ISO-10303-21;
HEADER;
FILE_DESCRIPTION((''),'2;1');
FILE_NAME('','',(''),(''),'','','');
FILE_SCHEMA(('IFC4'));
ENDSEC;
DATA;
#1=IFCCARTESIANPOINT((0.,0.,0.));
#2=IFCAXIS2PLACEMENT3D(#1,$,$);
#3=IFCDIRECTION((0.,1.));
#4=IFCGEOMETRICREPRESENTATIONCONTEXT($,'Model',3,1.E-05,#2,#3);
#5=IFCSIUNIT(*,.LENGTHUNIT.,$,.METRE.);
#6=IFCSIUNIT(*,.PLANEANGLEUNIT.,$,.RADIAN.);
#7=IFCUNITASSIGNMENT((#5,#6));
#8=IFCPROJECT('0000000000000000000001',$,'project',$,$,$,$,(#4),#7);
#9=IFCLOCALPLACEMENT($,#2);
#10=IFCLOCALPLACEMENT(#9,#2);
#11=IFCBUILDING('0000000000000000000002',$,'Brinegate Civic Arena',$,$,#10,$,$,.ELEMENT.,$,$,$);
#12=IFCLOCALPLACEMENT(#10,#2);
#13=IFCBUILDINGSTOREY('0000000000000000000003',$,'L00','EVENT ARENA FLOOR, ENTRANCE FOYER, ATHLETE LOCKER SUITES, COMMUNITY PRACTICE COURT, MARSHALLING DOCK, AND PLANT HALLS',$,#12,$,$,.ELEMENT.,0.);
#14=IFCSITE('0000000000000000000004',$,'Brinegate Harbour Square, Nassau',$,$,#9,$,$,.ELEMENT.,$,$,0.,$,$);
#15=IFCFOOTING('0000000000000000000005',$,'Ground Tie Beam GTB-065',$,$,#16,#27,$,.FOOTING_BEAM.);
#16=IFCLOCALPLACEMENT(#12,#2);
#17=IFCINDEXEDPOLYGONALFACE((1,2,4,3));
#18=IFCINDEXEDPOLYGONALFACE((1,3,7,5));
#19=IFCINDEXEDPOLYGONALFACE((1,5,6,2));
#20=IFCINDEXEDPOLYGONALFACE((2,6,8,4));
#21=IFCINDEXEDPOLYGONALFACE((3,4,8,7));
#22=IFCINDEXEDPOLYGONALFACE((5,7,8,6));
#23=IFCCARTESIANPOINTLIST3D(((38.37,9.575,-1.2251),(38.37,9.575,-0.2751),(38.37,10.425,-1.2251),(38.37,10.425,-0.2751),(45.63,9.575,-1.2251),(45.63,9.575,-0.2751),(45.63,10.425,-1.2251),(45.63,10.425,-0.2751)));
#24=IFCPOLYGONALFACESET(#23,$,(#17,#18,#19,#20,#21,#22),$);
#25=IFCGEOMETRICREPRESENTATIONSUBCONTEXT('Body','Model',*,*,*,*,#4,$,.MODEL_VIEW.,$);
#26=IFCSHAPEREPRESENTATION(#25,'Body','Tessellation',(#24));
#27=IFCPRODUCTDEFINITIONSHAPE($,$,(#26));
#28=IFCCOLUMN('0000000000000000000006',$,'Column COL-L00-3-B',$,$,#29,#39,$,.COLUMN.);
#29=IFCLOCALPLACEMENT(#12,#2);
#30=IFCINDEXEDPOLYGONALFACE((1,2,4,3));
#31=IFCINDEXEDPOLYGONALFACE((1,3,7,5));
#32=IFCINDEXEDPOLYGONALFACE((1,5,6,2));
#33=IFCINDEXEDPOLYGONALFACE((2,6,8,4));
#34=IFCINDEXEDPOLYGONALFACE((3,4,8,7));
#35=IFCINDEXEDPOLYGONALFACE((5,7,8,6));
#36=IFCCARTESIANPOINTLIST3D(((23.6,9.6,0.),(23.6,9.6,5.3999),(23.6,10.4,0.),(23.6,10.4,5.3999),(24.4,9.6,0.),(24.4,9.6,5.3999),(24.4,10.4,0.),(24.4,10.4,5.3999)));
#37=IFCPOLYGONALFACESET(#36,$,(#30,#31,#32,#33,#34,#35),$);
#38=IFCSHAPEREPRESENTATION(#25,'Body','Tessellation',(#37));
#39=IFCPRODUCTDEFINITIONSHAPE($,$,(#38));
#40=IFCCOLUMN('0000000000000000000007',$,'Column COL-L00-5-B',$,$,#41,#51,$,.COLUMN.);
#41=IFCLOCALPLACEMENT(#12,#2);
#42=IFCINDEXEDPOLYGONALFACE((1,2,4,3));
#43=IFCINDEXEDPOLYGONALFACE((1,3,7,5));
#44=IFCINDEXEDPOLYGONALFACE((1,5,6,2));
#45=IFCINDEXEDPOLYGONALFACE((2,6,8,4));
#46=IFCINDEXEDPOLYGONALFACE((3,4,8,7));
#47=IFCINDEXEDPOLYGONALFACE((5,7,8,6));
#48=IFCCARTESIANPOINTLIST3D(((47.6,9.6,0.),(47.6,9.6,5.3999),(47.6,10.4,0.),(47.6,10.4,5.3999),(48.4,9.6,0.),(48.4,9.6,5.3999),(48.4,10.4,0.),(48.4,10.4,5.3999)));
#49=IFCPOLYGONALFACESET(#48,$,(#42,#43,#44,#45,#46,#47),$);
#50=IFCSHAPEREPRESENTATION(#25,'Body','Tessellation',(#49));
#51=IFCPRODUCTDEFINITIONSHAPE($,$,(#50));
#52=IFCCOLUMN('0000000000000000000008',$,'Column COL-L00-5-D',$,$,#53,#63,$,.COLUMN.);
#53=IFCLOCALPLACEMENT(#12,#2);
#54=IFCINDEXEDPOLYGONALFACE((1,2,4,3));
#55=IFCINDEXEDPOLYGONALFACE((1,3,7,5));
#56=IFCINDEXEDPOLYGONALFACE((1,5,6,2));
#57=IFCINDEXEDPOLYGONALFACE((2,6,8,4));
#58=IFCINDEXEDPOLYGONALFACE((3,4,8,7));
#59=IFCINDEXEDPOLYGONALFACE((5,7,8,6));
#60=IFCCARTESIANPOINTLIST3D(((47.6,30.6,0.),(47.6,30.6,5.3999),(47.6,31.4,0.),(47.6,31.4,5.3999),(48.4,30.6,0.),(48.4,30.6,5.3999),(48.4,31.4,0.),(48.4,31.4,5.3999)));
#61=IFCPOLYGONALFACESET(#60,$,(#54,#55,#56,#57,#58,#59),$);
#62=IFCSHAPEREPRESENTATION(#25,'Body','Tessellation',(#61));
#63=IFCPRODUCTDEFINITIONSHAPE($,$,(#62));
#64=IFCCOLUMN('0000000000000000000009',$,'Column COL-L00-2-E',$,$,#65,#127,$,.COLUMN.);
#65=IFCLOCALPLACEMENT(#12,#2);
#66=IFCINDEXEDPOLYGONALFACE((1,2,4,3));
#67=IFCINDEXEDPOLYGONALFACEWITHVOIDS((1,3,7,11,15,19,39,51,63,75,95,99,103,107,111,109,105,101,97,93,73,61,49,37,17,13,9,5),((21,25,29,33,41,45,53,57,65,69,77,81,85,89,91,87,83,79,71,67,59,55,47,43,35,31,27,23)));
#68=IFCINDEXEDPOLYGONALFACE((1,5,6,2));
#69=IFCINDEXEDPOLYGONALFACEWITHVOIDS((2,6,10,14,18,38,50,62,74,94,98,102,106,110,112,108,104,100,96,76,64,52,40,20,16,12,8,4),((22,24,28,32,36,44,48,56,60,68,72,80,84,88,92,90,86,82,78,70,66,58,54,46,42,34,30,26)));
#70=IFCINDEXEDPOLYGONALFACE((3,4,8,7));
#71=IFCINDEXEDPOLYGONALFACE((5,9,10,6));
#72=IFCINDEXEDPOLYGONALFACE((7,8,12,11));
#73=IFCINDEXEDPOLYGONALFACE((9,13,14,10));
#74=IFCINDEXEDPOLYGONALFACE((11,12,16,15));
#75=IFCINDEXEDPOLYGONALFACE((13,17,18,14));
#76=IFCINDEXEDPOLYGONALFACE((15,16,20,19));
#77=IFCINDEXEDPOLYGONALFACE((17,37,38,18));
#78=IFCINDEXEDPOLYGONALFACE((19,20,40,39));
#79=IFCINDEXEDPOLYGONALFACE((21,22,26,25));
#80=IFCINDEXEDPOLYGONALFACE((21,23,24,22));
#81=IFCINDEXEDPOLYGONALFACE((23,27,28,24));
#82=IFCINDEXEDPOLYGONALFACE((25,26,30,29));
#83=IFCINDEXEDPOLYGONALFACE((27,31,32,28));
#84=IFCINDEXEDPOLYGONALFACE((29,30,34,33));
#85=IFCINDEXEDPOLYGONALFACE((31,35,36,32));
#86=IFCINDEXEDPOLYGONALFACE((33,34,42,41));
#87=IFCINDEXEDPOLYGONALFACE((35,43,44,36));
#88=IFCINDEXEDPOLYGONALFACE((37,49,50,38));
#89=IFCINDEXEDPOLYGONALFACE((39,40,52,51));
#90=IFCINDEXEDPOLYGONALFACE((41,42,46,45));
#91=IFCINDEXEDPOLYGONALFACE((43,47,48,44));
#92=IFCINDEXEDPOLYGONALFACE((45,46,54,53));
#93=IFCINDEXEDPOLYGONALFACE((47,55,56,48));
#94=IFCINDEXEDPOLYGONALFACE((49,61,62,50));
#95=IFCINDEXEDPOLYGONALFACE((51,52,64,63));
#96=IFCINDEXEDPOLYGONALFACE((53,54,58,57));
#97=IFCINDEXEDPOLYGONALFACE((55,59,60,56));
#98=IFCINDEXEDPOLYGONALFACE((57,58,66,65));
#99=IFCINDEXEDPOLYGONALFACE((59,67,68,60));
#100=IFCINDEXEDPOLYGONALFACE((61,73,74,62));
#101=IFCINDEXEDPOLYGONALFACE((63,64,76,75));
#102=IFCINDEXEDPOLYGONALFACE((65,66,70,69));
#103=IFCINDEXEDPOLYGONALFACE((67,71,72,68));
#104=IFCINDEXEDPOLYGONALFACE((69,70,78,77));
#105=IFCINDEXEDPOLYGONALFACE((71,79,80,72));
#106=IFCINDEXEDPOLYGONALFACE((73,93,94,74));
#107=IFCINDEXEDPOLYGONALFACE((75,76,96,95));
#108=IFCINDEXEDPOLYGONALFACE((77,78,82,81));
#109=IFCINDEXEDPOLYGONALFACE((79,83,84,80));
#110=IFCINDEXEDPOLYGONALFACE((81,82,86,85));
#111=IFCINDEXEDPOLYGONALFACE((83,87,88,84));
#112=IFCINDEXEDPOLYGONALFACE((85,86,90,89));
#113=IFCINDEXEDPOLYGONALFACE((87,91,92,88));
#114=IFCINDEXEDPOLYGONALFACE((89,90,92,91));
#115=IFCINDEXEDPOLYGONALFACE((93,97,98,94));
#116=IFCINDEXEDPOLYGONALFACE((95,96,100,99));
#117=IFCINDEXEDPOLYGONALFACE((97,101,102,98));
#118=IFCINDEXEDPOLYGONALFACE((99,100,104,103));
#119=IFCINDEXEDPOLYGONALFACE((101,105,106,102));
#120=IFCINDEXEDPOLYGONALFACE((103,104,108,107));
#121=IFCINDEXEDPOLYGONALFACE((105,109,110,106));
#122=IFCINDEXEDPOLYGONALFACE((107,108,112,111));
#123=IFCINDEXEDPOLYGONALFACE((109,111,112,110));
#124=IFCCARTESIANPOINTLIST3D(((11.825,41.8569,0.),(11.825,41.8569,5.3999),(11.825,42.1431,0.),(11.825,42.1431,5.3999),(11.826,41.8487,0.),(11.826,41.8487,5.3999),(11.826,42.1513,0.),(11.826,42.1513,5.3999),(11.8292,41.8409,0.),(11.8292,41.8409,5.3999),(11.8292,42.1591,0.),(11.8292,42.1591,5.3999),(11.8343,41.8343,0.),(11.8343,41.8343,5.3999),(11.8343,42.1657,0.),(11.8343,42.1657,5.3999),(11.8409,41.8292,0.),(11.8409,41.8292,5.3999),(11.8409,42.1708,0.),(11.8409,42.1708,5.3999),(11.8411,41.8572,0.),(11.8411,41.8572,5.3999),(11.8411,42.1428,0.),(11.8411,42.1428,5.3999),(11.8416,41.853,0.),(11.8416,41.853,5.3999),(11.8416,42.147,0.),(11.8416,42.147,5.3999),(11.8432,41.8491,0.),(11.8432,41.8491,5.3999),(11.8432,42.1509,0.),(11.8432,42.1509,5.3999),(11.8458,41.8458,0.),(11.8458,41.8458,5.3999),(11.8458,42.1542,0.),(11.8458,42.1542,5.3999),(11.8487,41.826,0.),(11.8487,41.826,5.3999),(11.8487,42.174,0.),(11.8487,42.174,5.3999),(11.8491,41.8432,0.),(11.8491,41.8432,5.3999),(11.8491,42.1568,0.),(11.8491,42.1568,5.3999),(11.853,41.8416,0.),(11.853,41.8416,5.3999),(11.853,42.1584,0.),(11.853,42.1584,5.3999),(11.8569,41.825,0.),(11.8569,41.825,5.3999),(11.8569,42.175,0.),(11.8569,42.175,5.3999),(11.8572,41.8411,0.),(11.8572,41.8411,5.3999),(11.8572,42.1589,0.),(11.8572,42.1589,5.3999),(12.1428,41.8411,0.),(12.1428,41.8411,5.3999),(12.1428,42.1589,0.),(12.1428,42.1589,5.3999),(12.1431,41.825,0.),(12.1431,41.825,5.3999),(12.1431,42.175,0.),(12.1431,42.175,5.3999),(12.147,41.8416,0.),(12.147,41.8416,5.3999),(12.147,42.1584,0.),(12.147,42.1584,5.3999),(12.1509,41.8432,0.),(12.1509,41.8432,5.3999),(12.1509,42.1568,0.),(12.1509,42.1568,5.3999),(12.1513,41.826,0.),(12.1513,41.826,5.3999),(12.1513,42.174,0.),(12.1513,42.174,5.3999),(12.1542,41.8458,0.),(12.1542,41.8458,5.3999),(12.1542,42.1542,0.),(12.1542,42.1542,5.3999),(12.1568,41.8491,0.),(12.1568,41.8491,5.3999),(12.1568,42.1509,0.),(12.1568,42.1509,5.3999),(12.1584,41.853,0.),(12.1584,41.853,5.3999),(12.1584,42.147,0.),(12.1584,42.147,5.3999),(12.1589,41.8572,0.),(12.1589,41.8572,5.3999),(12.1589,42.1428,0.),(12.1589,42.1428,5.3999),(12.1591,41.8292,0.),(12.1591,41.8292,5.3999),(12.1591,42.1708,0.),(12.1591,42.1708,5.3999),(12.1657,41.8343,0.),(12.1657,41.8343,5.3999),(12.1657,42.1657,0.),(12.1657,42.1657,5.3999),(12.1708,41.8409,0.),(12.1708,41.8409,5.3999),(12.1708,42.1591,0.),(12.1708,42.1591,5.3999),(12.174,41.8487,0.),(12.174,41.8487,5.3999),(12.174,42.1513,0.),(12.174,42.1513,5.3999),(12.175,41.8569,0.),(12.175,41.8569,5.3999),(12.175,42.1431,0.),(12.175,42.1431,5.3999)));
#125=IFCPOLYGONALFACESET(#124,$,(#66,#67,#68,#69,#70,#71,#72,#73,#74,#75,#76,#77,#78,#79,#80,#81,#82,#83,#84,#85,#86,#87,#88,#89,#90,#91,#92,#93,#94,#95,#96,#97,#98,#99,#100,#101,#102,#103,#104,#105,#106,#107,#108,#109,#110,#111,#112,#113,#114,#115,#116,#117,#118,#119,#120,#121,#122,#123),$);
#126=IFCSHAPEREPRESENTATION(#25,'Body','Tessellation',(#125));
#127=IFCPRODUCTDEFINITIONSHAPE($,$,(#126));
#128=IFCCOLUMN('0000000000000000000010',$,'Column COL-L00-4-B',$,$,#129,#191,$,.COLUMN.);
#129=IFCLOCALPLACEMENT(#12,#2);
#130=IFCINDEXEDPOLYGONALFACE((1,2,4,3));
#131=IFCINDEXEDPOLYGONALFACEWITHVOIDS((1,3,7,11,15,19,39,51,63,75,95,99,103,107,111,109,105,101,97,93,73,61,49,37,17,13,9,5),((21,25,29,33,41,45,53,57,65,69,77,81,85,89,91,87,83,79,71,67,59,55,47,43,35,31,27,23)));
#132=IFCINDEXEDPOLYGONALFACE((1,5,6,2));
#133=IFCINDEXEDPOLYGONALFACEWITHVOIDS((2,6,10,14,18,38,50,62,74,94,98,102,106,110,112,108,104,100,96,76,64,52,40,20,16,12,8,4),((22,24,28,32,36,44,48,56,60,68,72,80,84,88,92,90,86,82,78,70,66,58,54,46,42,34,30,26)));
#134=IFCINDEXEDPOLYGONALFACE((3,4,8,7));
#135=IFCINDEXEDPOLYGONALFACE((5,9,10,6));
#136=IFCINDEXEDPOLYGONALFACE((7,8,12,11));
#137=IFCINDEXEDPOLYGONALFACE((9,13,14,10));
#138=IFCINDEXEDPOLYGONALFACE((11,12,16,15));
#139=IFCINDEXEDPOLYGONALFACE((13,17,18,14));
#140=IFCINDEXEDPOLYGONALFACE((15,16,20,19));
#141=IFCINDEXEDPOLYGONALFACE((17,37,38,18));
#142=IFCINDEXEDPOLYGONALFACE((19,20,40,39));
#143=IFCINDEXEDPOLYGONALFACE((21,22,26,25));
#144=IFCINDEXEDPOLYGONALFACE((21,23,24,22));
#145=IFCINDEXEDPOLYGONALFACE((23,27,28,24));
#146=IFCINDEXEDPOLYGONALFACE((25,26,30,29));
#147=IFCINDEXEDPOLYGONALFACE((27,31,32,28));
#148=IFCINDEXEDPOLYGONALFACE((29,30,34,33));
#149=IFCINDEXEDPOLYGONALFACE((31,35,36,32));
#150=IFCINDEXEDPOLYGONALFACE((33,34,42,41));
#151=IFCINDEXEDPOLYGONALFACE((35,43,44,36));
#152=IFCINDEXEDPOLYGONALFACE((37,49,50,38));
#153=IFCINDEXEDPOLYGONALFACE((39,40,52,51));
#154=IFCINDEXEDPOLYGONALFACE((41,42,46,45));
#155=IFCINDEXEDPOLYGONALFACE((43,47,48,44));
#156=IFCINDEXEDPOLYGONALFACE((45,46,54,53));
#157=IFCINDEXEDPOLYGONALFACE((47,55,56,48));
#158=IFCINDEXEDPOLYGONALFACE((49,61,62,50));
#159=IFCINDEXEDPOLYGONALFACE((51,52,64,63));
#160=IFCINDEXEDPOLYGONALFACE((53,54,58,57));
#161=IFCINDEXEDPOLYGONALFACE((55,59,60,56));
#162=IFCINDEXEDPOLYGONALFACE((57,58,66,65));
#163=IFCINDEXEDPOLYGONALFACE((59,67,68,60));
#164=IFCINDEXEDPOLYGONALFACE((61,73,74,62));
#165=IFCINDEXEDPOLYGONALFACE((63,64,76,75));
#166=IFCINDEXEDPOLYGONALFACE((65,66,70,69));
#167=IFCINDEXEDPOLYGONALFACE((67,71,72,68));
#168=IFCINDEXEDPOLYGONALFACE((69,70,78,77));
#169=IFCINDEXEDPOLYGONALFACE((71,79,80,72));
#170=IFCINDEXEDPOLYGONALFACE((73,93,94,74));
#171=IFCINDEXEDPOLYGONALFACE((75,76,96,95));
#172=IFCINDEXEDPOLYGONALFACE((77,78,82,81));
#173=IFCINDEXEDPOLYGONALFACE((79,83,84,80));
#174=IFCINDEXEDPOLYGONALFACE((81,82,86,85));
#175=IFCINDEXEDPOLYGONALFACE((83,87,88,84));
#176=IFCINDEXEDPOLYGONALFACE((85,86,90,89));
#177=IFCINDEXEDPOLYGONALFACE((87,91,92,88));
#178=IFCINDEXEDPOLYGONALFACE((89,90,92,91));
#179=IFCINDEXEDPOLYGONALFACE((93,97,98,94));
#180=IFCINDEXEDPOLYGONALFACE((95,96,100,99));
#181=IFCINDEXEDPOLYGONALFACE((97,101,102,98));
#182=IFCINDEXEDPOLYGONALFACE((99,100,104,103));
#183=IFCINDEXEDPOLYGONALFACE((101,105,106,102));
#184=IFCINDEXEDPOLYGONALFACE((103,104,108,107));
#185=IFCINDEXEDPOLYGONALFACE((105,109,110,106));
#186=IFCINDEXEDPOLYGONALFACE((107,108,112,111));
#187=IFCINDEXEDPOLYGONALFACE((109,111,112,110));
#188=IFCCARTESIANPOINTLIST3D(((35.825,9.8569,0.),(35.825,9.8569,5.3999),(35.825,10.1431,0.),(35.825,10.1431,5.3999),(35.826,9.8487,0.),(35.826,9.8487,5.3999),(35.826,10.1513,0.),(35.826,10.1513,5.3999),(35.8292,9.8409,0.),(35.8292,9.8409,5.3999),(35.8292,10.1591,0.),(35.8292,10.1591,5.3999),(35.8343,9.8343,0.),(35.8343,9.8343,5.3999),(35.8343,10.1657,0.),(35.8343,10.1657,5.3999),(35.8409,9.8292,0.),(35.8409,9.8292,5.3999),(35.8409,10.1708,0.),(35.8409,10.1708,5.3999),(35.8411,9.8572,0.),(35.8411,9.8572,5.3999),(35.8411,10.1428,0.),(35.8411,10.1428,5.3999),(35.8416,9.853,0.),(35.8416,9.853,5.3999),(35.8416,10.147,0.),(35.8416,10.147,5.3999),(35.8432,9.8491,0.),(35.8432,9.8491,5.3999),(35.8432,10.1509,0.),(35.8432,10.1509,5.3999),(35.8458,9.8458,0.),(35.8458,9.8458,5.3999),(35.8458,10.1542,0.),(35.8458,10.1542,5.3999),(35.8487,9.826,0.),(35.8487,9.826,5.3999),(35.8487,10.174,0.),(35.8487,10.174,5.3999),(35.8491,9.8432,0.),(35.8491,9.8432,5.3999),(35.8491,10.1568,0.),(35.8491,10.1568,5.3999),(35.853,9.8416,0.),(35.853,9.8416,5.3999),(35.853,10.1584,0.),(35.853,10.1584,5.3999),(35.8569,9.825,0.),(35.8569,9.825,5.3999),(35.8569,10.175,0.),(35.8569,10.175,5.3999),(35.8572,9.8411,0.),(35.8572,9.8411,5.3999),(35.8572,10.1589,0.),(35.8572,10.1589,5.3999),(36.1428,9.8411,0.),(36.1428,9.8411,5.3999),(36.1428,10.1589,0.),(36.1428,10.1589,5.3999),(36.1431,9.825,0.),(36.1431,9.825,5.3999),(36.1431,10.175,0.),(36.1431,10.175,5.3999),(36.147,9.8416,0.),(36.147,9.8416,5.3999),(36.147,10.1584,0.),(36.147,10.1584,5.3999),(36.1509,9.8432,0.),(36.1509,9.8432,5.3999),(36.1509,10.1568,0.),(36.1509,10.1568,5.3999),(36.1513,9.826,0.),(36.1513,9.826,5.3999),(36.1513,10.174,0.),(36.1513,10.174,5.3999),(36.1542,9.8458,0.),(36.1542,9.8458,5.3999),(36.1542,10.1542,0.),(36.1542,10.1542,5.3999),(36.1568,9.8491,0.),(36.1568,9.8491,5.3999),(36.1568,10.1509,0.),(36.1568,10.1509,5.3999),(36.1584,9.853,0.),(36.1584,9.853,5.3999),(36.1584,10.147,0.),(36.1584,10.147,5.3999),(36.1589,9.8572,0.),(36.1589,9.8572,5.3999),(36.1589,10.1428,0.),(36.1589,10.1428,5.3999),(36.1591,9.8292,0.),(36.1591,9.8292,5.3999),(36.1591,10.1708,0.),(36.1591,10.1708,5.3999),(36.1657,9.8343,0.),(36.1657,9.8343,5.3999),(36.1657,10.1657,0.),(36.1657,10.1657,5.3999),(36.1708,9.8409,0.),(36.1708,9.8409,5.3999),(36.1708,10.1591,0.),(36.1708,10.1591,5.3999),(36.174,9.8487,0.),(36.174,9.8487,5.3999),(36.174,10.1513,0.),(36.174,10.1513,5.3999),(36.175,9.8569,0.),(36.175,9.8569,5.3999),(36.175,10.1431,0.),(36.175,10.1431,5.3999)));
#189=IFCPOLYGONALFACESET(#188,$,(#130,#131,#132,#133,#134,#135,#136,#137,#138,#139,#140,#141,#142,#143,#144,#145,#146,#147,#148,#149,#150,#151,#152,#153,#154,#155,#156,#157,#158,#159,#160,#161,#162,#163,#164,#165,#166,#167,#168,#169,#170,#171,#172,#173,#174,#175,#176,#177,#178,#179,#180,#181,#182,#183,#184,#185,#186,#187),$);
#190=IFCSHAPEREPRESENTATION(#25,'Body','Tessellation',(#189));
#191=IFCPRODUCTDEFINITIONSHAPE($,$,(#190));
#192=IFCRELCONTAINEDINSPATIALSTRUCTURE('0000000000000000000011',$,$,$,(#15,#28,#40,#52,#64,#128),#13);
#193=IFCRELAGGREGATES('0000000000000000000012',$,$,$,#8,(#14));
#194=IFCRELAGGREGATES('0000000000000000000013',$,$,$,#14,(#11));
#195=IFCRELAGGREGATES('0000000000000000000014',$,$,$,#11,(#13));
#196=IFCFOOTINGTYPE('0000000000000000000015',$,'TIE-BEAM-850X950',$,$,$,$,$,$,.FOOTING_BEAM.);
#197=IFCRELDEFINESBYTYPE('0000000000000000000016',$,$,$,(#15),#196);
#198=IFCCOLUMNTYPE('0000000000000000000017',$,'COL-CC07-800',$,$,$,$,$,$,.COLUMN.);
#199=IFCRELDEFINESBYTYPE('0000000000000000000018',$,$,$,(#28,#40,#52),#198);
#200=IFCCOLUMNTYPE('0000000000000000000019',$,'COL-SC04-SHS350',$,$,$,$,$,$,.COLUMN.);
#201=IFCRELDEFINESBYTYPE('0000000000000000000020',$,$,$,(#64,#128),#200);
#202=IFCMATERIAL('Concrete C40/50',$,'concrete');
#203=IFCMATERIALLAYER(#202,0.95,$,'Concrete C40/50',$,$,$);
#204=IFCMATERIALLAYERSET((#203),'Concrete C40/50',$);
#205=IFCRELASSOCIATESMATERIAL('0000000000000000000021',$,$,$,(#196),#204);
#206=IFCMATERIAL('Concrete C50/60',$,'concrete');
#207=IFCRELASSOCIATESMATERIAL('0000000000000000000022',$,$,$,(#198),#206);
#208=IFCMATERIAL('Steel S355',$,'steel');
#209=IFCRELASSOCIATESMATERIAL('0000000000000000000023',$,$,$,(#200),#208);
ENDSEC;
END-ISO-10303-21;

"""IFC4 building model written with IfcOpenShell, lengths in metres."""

from ifc_helpers import new_model, si_unit, direction, frame, origin, origin_2d, place, context, subcontext, project, spatial, rectangle, hollow_rectangle, extrude, material, layer, layer_set, material_profile, profile_set, type_object, element, save


model = new_model("IFC4")

# Units and contexts
model_context = context("Model", 3, precision=1e-05, world=origin(), true_north=direction((0.0, 1.0)))
body_context = subcontext(model_context, "Body", "Model", "MODEL_VIEW")
ifc_project = project(units=[si_unit("LENGTHUNIT", "METRE"), si_unit("PLANEANGLEUNIT", "RADIAN")], contexts=[model_context])

# Site, building, storey
site_placement = place(None, origin())
site = spatial("IfcSite", under=ifc_project, at=site_placement, Name="Brinegate Harbour Square, Nassau", CompositionType="ELEMENT", RefElevation=0.0)
building_placement = place(site_placement, origin())
building = spatial("IfcBuilding", under=site, at=building_placement, Name="Brinegate Civic Arena", CompositionType="ELEMENT")
storey_placement = place(building_placement, origin())
storey = spatial("IfcBuildingStorey", under=building, at=storey_placement, Name="L00", Description="EVENT ARENA FLOOR, ENTRANCE FOYER, ATHLETE LOCKER SUITES, COMMUNITY PRACTICE COURT, MARSHALLING DOCK, AND PLANT HALLS", CompositionType="ELEMENT", Elevation=0.0)

# Shared definitions
ifc_material_1 = material(Name="Concrete C40/50", Category="concrete")

# Footing
ifc_layer_1 = layer(ifc_material_1, 0.95, Name="Concrete C40/50")
ifc_layer_set_1 = layer_set([ifc_layer_1], Name="Concrete C40/50")
footing_type_1 = type_object("IfcFootingType", Name="TIE-BEAM-850X950", PredefinedType="FOOTING_BEAM", material=ifc_layer_set_1)
footing_1_placement = place(storey_placement, frame((42.0, 10.0, -1.2251), z_axis=(0.0, 0.0, 1.0), x_axis=(1.0, 0.0, 0.0)))
element("IfcFooting", 1, at=footing_1_placement, inside=storey, type_object=footing_type_1, Name="Ground Tie Beam GTB-065", PredefinedType="FOOTING_BEAM", context=body_context, shape_type="SweptSolid", body=[
    extrude(rectangle(XDim=7.26, YDim=0.8501, at=origin_2d()), origin(), (0.0, 0.0, 1.0), 0.95),
])

# Columns
ifc_material_2 = material(Name="Concrete C50/60", Category="concrete")
ifc_material_profile_1 = material_profile(ifc_material_2, rectangle(XDim=0.8, YDim=0.8, at=origin_2d()), Name="RC800X800")
ifc_profile_set_1 = profile_set([ifc_material_profile_1], Name="Concrete C50/60")
column_type_1 = type_object("IfcColumnType", Name="COL-CC07-800", PredefinedType="COLUMN", material=ifc_profile_set_1)
for number, where, z_axis, x_axis, name in (
    (2, (24.0, 10.0, 0.0), (0.0, 0.0, 1.0), (1.0, 0.0, 0.0), "Column COL-L00-3-B"),
    (3, (48.0, 10.0, 0.0), (0.0, 0.0, 1.0), (1.0, 0.0, 0.0), "Column COL-L00-5-B"),
    (4, (48.0, 31.0, 0.0), (0.0, 0.0, 1.0), (1.0, 0.0, 0.0), "Column COL-L00-5-D"),
):
    element("IfcColumn", number, at=place(storey_placement, frame(where, z_axis=z_axis, x_axis=x_axis)), inside=storey, type_object=column_type_1, Name=name, PredefinedType="COLUMN", context=body_context, shape_type="SweptSolid", body=[
        extrude(rectangle(XDim=0.8, YDim=0.8, at=origin_2d()), origin(), (0.0, 0.0, 1.0), 5.3999),
    ])
ifc_material_3 = material(Name="Steel S355", Category="steel")
ifc_material_profile_2 = material_profile(ifc_material_3, hollow_rectangle(XDim=0.3501, YDim=0.3501, WallThickness=0.0161, InnerFilletRadius=0.0161, OuterFilletRadius=0.032, at=origin_2d()), Name="SHS350X16")
ifc_profile_set_2 = profile_set([ifc_material_profile_2], Name="Steel S355")
column_type_2 = type_object("IfcColumnType", Name="COL-SC04-SHS350", PredefinedType="COLUMN", material=ifc_profile_set_2)
for number, where, z_axis, x_axis, name in (
    (5, (12.0, 42.0, 0.0), (0.0, 0.0, 1.0), (1.0, 0.0, 0.0), "Column COL-L00-2-E"),
    (6, (36.0, 10.0, 0.0), (0.0, 0.0, 1.0), (1.0, 0.0, 0.0), "Column COL-L00-4-B"),
):
    element("IfcColumn", number, at=place(storey_placement, frame(where, z_axis=z_axis, x_axis=x_axis)), inside=storey, type_object=column_type_2, Name=name, PredefinedType="COLUMN", context=body_context, shape_type="SweptSolid", body=[
        extrude(hollow_rectangle(XDim=0.3501, YDim=0.3501, WallThickness=0.0161, InnerFilletRadius=0.0161, OuterFilletRadius=0.032, at=origin_2d()), origin(), (0.0, 0.0, 1.0), 5.3999),
    ])

save(model, "model.ifc")
